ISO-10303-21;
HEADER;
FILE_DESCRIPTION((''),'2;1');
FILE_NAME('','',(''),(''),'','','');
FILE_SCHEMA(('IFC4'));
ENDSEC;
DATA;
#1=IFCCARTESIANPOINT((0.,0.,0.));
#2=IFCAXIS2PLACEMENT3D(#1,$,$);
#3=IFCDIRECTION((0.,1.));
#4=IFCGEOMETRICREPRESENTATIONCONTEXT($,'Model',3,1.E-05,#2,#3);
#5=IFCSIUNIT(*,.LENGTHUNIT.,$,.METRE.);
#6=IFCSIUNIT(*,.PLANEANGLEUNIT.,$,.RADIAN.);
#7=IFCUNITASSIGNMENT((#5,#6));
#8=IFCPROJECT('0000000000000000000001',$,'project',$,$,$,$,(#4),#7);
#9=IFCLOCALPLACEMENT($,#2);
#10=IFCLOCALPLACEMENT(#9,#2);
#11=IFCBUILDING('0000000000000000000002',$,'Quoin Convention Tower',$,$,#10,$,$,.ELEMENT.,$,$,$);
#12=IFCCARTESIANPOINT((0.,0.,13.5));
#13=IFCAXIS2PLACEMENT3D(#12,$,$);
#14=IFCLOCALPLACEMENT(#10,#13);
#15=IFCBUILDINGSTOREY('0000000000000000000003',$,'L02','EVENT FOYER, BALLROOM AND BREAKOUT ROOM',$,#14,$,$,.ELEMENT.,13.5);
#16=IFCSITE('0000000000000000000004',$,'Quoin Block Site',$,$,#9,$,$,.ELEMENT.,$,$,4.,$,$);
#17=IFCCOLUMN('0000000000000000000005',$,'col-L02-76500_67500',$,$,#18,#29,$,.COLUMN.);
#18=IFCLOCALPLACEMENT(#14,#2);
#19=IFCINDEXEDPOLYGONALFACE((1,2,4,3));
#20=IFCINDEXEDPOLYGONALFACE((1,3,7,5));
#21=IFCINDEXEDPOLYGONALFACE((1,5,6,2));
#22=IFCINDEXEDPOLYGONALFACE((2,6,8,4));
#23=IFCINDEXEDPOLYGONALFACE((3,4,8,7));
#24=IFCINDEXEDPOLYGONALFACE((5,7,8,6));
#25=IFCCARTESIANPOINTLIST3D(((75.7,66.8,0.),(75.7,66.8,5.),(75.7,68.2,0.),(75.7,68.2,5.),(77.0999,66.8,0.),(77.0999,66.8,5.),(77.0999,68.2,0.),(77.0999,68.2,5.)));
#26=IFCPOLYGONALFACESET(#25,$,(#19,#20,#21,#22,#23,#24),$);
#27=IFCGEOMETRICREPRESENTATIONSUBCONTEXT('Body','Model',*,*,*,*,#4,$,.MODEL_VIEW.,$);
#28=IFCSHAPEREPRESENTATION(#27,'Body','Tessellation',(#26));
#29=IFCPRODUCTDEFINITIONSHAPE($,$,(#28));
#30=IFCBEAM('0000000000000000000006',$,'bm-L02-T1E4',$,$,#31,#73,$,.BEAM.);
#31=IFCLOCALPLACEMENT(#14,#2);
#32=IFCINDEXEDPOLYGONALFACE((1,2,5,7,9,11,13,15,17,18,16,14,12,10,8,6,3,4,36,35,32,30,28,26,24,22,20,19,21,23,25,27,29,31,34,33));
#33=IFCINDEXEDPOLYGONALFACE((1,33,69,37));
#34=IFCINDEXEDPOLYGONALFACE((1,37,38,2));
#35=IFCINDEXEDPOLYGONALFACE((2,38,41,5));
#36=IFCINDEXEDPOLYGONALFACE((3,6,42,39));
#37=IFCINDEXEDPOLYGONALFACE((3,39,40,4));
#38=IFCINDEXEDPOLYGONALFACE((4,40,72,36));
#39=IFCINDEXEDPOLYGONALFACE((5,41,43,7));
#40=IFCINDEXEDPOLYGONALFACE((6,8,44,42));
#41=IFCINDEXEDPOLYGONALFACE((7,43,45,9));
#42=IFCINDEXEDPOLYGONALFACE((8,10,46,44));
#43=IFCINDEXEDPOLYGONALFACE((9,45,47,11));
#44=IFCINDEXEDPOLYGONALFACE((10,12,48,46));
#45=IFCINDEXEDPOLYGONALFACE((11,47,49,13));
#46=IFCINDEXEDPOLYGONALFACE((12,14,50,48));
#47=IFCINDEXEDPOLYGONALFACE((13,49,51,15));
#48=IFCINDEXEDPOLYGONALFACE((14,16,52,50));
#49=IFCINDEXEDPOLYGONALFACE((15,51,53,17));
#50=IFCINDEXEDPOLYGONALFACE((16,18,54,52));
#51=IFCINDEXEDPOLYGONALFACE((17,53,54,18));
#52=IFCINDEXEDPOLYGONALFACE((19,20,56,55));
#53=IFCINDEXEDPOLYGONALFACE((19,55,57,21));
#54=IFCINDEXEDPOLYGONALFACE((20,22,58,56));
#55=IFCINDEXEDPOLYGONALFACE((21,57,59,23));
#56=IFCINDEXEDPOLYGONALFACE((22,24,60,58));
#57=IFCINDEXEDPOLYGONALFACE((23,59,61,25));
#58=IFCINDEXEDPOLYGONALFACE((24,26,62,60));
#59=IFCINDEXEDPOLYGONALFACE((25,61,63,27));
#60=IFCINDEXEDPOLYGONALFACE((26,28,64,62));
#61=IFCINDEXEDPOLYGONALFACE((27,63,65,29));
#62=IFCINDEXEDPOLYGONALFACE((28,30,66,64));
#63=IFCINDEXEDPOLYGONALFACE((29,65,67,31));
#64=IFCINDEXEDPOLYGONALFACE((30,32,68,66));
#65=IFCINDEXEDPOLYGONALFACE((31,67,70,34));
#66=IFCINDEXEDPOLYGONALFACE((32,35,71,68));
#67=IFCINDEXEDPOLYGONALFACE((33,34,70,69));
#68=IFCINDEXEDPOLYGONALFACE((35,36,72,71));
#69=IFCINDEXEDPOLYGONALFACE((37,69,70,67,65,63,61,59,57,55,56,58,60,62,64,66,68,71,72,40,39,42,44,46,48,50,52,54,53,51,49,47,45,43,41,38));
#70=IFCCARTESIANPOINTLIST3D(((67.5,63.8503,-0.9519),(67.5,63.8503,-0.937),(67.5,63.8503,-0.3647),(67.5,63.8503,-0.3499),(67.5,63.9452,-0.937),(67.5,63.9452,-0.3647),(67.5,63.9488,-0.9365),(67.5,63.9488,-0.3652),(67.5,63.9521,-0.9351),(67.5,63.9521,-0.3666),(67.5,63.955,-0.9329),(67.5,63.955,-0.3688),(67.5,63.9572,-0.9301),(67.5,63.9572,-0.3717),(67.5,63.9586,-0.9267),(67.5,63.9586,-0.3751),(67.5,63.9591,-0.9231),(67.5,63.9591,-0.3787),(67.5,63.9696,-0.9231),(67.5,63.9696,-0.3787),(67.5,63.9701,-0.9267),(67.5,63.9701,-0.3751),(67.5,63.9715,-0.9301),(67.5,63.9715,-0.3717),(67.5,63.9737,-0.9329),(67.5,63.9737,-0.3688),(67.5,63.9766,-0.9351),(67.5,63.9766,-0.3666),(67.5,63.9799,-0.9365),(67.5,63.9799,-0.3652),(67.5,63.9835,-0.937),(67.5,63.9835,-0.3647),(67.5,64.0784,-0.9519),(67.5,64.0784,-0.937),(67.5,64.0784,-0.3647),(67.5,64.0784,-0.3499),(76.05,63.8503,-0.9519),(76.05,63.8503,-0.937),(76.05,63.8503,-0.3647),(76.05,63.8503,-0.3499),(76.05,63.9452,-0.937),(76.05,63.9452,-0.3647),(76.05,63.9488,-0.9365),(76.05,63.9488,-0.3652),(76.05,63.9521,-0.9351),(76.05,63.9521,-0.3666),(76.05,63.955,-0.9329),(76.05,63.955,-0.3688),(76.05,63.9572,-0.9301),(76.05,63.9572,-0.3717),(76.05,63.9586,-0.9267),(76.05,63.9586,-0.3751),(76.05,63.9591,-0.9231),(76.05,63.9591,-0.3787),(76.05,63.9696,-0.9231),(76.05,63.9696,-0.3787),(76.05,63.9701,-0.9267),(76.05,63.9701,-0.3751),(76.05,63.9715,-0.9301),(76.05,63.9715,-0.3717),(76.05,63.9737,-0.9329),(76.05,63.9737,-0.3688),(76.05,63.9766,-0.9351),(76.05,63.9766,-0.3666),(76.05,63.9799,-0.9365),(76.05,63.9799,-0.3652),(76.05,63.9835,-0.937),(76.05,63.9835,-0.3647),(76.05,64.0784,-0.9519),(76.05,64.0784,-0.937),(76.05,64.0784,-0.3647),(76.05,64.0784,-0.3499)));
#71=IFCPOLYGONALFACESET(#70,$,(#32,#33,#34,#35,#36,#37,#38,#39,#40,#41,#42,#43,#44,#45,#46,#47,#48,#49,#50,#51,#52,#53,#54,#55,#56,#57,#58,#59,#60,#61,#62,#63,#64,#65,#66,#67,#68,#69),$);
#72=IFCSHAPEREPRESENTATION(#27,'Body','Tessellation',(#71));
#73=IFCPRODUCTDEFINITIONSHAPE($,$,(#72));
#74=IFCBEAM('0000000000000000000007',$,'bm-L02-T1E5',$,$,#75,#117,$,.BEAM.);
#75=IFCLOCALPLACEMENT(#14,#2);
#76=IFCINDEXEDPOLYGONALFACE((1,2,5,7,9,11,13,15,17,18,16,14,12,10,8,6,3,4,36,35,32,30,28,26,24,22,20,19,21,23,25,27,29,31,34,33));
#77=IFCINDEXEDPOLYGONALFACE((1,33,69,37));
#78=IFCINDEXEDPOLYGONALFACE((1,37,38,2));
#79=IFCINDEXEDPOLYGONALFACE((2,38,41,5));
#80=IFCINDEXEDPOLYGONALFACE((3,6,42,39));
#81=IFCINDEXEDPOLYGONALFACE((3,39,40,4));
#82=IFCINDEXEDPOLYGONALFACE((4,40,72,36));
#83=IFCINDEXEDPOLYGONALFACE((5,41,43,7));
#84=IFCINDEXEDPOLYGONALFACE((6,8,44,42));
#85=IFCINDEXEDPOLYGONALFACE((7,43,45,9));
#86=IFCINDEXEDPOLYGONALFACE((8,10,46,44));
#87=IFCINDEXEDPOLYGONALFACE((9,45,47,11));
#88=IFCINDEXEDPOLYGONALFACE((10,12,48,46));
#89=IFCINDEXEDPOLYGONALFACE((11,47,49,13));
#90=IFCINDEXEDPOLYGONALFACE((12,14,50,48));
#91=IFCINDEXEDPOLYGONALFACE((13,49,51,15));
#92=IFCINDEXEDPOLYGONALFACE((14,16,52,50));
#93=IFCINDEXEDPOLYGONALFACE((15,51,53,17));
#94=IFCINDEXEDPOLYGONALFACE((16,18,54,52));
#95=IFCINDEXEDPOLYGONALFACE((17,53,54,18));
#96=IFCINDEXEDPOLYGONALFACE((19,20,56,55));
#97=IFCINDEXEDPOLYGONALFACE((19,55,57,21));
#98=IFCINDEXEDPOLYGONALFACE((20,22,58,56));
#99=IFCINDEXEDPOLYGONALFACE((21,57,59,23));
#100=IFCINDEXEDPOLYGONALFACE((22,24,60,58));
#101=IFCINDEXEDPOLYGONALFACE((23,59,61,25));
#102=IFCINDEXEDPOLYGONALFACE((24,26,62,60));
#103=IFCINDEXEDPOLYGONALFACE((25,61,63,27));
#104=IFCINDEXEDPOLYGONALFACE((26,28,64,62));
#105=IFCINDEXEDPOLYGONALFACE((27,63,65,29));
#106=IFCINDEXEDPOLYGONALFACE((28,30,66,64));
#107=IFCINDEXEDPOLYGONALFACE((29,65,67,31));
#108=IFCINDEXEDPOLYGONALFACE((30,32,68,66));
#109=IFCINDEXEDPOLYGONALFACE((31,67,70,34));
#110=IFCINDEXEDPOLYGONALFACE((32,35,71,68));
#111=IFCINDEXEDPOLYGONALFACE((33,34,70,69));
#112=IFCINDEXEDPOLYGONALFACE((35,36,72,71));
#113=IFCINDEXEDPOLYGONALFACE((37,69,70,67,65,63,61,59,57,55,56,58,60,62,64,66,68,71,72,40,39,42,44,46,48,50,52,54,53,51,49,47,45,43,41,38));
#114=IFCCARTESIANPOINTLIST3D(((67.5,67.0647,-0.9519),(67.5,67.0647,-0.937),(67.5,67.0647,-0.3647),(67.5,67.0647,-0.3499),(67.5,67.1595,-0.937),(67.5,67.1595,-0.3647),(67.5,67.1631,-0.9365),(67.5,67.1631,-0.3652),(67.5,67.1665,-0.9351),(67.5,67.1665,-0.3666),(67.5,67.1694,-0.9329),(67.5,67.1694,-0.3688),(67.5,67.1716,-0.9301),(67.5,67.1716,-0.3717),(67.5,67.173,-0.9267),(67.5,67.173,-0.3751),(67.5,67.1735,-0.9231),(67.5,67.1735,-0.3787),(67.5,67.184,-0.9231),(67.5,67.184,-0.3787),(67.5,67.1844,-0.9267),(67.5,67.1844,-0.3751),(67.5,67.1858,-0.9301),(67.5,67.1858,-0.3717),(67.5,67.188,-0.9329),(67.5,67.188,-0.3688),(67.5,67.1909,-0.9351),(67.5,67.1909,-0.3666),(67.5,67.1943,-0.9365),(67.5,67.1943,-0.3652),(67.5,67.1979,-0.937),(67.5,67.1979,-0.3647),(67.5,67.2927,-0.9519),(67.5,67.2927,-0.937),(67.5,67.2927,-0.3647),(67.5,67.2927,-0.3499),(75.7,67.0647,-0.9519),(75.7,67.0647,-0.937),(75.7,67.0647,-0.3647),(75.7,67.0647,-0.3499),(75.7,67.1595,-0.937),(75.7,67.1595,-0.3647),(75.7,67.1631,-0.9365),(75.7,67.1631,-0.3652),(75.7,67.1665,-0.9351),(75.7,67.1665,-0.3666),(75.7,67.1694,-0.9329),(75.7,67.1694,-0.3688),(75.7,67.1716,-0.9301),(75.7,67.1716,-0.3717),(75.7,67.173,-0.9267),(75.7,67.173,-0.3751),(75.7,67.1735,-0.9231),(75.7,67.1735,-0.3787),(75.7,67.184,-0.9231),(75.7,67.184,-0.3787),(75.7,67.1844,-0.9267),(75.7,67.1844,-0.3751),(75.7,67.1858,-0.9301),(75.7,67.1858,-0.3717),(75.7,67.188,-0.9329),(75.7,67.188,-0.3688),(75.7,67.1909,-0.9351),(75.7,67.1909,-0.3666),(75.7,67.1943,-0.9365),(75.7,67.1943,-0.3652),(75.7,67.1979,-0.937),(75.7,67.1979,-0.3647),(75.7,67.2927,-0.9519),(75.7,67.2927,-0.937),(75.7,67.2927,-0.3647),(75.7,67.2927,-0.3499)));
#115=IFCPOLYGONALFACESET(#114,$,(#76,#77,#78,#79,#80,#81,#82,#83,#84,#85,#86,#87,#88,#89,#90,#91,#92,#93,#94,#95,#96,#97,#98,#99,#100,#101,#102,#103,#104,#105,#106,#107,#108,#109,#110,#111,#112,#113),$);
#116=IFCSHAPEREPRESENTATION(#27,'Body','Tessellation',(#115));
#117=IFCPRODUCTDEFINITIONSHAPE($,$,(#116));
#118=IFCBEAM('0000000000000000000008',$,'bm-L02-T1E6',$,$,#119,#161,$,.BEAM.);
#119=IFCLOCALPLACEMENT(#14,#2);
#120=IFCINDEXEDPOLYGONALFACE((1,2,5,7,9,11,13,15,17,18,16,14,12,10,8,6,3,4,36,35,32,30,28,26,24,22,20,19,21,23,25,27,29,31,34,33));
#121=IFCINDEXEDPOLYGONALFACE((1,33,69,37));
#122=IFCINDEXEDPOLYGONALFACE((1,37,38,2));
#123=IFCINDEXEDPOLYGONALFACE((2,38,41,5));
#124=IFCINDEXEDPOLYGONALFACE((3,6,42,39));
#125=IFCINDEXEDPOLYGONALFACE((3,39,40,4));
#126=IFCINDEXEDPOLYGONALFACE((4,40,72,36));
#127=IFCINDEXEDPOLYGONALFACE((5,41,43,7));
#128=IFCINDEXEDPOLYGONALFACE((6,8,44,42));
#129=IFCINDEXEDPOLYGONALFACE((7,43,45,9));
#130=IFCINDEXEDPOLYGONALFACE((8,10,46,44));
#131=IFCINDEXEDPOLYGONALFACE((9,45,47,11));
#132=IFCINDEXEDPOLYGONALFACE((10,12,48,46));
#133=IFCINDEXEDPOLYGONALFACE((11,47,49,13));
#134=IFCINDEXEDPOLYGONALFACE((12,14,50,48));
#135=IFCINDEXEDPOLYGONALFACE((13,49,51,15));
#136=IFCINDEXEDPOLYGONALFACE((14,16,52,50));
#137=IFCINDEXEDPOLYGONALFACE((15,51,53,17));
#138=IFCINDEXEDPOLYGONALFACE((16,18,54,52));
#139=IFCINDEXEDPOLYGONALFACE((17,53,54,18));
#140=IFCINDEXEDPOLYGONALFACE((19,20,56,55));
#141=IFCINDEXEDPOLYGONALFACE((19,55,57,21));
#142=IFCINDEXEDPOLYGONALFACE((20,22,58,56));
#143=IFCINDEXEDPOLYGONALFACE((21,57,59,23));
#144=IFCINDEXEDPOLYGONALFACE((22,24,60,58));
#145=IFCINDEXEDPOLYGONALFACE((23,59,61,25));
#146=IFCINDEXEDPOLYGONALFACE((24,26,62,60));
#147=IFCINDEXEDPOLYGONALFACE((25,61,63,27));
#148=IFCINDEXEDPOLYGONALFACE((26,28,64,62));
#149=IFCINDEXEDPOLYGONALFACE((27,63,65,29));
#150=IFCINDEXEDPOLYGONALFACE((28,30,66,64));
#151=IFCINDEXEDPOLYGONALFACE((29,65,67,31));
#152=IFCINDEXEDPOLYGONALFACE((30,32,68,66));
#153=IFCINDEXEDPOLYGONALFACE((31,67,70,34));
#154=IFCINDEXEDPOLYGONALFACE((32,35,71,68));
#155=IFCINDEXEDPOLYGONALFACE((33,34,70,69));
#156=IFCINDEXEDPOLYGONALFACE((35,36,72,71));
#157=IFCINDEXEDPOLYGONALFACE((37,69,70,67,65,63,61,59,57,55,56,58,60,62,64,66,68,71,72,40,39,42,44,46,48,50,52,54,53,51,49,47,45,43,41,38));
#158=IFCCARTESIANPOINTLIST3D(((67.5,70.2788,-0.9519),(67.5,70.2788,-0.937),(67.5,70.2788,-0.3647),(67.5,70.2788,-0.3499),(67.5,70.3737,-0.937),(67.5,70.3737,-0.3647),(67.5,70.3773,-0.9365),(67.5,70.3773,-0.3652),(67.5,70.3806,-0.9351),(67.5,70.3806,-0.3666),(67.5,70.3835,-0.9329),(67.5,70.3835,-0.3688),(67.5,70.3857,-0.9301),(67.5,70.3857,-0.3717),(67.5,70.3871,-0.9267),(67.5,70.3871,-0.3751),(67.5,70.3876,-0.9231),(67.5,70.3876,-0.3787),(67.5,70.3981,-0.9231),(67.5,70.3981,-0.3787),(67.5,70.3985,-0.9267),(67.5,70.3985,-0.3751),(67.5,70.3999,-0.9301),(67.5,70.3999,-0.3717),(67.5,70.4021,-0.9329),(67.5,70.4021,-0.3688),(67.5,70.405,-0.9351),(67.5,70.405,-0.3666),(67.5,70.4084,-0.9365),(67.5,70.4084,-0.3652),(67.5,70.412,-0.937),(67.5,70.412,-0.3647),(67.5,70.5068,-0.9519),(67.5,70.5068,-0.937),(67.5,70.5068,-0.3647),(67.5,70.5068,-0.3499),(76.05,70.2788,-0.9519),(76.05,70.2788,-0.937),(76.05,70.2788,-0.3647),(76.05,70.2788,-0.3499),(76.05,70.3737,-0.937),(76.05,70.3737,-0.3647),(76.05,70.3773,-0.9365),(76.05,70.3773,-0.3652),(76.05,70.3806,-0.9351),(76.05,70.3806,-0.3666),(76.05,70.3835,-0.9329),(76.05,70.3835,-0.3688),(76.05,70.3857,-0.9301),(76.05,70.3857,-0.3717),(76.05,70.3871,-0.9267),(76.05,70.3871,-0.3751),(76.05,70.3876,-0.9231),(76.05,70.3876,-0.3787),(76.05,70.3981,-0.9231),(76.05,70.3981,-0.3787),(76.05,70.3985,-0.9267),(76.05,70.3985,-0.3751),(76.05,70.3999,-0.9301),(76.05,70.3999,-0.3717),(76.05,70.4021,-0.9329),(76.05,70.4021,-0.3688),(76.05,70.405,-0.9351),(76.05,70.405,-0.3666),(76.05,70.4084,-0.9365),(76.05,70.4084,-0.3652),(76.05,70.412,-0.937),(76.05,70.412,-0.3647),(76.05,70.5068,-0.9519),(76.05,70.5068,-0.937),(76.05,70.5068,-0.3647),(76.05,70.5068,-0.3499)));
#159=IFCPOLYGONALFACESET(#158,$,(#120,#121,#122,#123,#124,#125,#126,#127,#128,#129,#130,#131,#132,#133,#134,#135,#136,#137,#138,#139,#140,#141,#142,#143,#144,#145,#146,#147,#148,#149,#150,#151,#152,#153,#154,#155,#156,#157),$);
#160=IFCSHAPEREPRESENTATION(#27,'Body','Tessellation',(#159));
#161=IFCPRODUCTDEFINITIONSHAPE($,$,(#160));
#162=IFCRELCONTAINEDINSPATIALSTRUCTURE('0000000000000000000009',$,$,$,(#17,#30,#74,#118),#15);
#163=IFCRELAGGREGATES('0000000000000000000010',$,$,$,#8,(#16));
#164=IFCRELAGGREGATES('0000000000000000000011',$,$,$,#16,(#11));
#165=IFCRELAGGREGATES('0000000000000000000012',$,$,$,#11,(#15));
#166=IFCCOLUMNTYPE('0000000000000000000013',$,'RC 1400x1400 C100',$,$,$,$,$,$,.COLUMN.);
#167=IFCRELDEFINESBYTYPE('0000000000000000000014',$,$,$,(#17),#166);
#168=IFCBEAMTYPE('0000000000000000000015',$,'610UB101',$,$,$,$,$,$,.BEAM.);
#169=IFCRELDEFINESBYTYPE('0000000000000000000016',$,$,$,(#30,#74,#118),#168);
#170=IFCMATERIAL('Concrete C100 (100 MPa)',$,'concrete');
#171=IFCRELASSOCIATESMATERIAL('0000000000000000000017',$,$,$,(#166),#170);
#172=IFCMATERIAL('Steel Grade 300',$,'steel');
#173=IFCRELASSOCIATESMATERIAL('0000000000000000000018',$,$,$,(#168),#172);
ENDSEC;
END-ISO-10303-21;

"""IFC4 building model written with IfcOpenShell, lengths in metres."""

from ifc_helpers import new_model, si_unit, direction, frame, origin, origin_2d, place, context, subcontext, project, spatial, rectangle, i_section, extrude, material, material_profile, profile_set, type_object, element, save


model = new_model("IFC4")

# Units and contexts
model_context = context("Model", 3, precision=1e-05, world=origin(), true_north=direction((0.0, 1.0)))
body_context = subcontext(model_context, "Body", "Model", "MODEL_VIEW")
ifc_project = project(units=[si_unit("LENGTHUNIT", "METRE"), si_unit("PLANEANGLEUNIT", "RADIAN")], contexts=[model_context])

# Site, building, storey
site_placement = place(None, origin())
site = spatial("IfcSite", under=ifc_project, at=site_placement, Name="Quoin Block Site", CompositionType="ELEMENT", RefElevation=4.0)
building_placement = place(site_placement, origin())
building = spatial("IfcBuilding", under=site, at=building_placement, Name="Quoin Convention Tower", CompositionType="ELEMENT")
storey_placement = place(building_placement, frame((0.0, 0.0, 13.5)))
storey = spatial("IfcBuildingStorey", under=building, at=storey_placement, Name="L02", Description="EVENT FOYER, BALLROOM AND BREAKOUT ROOM", CompositionType="ELEMENT", Elevation=13.5)

# Column
ifc_material_1 = material(Name="Concrete C100 (100 MPa)", Category="concrete")
ifc_material_profile_1 = material_profile(ifc_material_1, rectangle(XDim=1.3999, YDim=1.3999, at=origin_2d()), Name="RC 1400x1400")
ifc_profile_set_1 = profile_set([ifc_material_profile_1], Name="Concrete C100 (100 MPa)")
column_type = type_object("IfcColumnType", Name="RC 1400x1400 C100", PredefinedType="COLUMN", material=ifc_profile_set_1)
column_placement = place(storey_placement, frame((76.3999, 67.5, 0.0), z_axis=(0.0, 0.0, 1.0), x_axis=(1.0, 0.0, 0.0)))
element("IfcColumn", 1, at=column_placement, inside=storey, type_object=column_type, Name="col-L02-76500_67500", PredefinedType="COLUMN", context=body_context, shape_type="SweptSolid", body=[
    extrude(rectangle(XDim=1.3999, YDim=1.3999, at=origin_2d()), origin(), (0.0, 0.0, 1.0), 5.0),
])

# Beams
ifc_material_2 = material(Name="Steel Grade 300", Category="steel")
ifc_material_profile_2 = material_profile(ifc_material_2, i_section(OverallWidth=0.228, OverallDepth=0.6021, WebThickness=0.0105, FlangeThickness=0.0149, FilletRadius=0.0139, at=origin_2d()), Name="610UB101")
ifc_profile_set_2 = profile_set([ifc_material_profile_2], Name="Steel Grade 300")
beam_type_1 = type_object("IfcBeamType", Name="610UB101", PredefinedType="BEAM", material=ifc_profile_set_2)
beam_1_placement = place(storey_placement, frame((67.5, 63.9644, -0.6509), z_axis=(1.0, 0.0, 0.0), x_axis=(0.0, 1.0, 0.0)))
element("IfcBeam", 2, at=beam_1_placement, inside=storey, type_object=beam_type_1, Name="bm-L02-T1E4", PredefinedType="BEAM", context=body_context, shape_type="SweptSolid", body=[
    extrude(i_section(OverallWidth=0.228, OverallDepth=0.6021, WebThickness=0.0105, FlangeThickness=0.0149, FilletRadius=0.0139, at=origin_2d()), origin(), (0.0, 0.0, 1.0), 8.55),
])
beam_2_placement = place(storey_placement, frame((67.5, 67.1787, -0.6509), z_axis=(1.0, 0.0, 0.0), x_axis=(0.0, 1.0, 0.0)))
element("IfcBeam", 3, at=beam_2_placement, inside=storey, type_object=beam_type_1, Name="bm-L02-T1E5", PredefinedType="BEAM", context=body_context, shape_type="SweptSolid", body=[
    extrude(i_section(OverallWidth=0.228, OverallDepth=0.6021, WebThickness=0.0105, FlangeThickness=0.0149, FilletRadius=0.0139, at=origin_2d()), origin(), (0.0, 0.0, 1.0), 8.2),
])
beam_3_placement = place(storey_placement, frame((67.5, 70.3928, -0.6509), z_axis=(1.0, 0.0, 0.0), x_axis=(0.0, 1.0, 0.0)))
element("IfcBeam", 4, at=beam_3_placement, inside=storey, type_object=beam_type_1, Name="bm-L02-T1E6", PredefinedType="BEAM", context=body_context, shape_type="SweptSolid", body=[
    extrude(i_section(OverallWidth=0.228, OverallDepth=0.6021, WebThickness=0.0105, FlangeThickness=0.0149, FilletRadius=0.0139, at=origin_2d()), origin(), (0.0, 0.0, 1.0), 8.55),
])

save(model, "model.ifc")
